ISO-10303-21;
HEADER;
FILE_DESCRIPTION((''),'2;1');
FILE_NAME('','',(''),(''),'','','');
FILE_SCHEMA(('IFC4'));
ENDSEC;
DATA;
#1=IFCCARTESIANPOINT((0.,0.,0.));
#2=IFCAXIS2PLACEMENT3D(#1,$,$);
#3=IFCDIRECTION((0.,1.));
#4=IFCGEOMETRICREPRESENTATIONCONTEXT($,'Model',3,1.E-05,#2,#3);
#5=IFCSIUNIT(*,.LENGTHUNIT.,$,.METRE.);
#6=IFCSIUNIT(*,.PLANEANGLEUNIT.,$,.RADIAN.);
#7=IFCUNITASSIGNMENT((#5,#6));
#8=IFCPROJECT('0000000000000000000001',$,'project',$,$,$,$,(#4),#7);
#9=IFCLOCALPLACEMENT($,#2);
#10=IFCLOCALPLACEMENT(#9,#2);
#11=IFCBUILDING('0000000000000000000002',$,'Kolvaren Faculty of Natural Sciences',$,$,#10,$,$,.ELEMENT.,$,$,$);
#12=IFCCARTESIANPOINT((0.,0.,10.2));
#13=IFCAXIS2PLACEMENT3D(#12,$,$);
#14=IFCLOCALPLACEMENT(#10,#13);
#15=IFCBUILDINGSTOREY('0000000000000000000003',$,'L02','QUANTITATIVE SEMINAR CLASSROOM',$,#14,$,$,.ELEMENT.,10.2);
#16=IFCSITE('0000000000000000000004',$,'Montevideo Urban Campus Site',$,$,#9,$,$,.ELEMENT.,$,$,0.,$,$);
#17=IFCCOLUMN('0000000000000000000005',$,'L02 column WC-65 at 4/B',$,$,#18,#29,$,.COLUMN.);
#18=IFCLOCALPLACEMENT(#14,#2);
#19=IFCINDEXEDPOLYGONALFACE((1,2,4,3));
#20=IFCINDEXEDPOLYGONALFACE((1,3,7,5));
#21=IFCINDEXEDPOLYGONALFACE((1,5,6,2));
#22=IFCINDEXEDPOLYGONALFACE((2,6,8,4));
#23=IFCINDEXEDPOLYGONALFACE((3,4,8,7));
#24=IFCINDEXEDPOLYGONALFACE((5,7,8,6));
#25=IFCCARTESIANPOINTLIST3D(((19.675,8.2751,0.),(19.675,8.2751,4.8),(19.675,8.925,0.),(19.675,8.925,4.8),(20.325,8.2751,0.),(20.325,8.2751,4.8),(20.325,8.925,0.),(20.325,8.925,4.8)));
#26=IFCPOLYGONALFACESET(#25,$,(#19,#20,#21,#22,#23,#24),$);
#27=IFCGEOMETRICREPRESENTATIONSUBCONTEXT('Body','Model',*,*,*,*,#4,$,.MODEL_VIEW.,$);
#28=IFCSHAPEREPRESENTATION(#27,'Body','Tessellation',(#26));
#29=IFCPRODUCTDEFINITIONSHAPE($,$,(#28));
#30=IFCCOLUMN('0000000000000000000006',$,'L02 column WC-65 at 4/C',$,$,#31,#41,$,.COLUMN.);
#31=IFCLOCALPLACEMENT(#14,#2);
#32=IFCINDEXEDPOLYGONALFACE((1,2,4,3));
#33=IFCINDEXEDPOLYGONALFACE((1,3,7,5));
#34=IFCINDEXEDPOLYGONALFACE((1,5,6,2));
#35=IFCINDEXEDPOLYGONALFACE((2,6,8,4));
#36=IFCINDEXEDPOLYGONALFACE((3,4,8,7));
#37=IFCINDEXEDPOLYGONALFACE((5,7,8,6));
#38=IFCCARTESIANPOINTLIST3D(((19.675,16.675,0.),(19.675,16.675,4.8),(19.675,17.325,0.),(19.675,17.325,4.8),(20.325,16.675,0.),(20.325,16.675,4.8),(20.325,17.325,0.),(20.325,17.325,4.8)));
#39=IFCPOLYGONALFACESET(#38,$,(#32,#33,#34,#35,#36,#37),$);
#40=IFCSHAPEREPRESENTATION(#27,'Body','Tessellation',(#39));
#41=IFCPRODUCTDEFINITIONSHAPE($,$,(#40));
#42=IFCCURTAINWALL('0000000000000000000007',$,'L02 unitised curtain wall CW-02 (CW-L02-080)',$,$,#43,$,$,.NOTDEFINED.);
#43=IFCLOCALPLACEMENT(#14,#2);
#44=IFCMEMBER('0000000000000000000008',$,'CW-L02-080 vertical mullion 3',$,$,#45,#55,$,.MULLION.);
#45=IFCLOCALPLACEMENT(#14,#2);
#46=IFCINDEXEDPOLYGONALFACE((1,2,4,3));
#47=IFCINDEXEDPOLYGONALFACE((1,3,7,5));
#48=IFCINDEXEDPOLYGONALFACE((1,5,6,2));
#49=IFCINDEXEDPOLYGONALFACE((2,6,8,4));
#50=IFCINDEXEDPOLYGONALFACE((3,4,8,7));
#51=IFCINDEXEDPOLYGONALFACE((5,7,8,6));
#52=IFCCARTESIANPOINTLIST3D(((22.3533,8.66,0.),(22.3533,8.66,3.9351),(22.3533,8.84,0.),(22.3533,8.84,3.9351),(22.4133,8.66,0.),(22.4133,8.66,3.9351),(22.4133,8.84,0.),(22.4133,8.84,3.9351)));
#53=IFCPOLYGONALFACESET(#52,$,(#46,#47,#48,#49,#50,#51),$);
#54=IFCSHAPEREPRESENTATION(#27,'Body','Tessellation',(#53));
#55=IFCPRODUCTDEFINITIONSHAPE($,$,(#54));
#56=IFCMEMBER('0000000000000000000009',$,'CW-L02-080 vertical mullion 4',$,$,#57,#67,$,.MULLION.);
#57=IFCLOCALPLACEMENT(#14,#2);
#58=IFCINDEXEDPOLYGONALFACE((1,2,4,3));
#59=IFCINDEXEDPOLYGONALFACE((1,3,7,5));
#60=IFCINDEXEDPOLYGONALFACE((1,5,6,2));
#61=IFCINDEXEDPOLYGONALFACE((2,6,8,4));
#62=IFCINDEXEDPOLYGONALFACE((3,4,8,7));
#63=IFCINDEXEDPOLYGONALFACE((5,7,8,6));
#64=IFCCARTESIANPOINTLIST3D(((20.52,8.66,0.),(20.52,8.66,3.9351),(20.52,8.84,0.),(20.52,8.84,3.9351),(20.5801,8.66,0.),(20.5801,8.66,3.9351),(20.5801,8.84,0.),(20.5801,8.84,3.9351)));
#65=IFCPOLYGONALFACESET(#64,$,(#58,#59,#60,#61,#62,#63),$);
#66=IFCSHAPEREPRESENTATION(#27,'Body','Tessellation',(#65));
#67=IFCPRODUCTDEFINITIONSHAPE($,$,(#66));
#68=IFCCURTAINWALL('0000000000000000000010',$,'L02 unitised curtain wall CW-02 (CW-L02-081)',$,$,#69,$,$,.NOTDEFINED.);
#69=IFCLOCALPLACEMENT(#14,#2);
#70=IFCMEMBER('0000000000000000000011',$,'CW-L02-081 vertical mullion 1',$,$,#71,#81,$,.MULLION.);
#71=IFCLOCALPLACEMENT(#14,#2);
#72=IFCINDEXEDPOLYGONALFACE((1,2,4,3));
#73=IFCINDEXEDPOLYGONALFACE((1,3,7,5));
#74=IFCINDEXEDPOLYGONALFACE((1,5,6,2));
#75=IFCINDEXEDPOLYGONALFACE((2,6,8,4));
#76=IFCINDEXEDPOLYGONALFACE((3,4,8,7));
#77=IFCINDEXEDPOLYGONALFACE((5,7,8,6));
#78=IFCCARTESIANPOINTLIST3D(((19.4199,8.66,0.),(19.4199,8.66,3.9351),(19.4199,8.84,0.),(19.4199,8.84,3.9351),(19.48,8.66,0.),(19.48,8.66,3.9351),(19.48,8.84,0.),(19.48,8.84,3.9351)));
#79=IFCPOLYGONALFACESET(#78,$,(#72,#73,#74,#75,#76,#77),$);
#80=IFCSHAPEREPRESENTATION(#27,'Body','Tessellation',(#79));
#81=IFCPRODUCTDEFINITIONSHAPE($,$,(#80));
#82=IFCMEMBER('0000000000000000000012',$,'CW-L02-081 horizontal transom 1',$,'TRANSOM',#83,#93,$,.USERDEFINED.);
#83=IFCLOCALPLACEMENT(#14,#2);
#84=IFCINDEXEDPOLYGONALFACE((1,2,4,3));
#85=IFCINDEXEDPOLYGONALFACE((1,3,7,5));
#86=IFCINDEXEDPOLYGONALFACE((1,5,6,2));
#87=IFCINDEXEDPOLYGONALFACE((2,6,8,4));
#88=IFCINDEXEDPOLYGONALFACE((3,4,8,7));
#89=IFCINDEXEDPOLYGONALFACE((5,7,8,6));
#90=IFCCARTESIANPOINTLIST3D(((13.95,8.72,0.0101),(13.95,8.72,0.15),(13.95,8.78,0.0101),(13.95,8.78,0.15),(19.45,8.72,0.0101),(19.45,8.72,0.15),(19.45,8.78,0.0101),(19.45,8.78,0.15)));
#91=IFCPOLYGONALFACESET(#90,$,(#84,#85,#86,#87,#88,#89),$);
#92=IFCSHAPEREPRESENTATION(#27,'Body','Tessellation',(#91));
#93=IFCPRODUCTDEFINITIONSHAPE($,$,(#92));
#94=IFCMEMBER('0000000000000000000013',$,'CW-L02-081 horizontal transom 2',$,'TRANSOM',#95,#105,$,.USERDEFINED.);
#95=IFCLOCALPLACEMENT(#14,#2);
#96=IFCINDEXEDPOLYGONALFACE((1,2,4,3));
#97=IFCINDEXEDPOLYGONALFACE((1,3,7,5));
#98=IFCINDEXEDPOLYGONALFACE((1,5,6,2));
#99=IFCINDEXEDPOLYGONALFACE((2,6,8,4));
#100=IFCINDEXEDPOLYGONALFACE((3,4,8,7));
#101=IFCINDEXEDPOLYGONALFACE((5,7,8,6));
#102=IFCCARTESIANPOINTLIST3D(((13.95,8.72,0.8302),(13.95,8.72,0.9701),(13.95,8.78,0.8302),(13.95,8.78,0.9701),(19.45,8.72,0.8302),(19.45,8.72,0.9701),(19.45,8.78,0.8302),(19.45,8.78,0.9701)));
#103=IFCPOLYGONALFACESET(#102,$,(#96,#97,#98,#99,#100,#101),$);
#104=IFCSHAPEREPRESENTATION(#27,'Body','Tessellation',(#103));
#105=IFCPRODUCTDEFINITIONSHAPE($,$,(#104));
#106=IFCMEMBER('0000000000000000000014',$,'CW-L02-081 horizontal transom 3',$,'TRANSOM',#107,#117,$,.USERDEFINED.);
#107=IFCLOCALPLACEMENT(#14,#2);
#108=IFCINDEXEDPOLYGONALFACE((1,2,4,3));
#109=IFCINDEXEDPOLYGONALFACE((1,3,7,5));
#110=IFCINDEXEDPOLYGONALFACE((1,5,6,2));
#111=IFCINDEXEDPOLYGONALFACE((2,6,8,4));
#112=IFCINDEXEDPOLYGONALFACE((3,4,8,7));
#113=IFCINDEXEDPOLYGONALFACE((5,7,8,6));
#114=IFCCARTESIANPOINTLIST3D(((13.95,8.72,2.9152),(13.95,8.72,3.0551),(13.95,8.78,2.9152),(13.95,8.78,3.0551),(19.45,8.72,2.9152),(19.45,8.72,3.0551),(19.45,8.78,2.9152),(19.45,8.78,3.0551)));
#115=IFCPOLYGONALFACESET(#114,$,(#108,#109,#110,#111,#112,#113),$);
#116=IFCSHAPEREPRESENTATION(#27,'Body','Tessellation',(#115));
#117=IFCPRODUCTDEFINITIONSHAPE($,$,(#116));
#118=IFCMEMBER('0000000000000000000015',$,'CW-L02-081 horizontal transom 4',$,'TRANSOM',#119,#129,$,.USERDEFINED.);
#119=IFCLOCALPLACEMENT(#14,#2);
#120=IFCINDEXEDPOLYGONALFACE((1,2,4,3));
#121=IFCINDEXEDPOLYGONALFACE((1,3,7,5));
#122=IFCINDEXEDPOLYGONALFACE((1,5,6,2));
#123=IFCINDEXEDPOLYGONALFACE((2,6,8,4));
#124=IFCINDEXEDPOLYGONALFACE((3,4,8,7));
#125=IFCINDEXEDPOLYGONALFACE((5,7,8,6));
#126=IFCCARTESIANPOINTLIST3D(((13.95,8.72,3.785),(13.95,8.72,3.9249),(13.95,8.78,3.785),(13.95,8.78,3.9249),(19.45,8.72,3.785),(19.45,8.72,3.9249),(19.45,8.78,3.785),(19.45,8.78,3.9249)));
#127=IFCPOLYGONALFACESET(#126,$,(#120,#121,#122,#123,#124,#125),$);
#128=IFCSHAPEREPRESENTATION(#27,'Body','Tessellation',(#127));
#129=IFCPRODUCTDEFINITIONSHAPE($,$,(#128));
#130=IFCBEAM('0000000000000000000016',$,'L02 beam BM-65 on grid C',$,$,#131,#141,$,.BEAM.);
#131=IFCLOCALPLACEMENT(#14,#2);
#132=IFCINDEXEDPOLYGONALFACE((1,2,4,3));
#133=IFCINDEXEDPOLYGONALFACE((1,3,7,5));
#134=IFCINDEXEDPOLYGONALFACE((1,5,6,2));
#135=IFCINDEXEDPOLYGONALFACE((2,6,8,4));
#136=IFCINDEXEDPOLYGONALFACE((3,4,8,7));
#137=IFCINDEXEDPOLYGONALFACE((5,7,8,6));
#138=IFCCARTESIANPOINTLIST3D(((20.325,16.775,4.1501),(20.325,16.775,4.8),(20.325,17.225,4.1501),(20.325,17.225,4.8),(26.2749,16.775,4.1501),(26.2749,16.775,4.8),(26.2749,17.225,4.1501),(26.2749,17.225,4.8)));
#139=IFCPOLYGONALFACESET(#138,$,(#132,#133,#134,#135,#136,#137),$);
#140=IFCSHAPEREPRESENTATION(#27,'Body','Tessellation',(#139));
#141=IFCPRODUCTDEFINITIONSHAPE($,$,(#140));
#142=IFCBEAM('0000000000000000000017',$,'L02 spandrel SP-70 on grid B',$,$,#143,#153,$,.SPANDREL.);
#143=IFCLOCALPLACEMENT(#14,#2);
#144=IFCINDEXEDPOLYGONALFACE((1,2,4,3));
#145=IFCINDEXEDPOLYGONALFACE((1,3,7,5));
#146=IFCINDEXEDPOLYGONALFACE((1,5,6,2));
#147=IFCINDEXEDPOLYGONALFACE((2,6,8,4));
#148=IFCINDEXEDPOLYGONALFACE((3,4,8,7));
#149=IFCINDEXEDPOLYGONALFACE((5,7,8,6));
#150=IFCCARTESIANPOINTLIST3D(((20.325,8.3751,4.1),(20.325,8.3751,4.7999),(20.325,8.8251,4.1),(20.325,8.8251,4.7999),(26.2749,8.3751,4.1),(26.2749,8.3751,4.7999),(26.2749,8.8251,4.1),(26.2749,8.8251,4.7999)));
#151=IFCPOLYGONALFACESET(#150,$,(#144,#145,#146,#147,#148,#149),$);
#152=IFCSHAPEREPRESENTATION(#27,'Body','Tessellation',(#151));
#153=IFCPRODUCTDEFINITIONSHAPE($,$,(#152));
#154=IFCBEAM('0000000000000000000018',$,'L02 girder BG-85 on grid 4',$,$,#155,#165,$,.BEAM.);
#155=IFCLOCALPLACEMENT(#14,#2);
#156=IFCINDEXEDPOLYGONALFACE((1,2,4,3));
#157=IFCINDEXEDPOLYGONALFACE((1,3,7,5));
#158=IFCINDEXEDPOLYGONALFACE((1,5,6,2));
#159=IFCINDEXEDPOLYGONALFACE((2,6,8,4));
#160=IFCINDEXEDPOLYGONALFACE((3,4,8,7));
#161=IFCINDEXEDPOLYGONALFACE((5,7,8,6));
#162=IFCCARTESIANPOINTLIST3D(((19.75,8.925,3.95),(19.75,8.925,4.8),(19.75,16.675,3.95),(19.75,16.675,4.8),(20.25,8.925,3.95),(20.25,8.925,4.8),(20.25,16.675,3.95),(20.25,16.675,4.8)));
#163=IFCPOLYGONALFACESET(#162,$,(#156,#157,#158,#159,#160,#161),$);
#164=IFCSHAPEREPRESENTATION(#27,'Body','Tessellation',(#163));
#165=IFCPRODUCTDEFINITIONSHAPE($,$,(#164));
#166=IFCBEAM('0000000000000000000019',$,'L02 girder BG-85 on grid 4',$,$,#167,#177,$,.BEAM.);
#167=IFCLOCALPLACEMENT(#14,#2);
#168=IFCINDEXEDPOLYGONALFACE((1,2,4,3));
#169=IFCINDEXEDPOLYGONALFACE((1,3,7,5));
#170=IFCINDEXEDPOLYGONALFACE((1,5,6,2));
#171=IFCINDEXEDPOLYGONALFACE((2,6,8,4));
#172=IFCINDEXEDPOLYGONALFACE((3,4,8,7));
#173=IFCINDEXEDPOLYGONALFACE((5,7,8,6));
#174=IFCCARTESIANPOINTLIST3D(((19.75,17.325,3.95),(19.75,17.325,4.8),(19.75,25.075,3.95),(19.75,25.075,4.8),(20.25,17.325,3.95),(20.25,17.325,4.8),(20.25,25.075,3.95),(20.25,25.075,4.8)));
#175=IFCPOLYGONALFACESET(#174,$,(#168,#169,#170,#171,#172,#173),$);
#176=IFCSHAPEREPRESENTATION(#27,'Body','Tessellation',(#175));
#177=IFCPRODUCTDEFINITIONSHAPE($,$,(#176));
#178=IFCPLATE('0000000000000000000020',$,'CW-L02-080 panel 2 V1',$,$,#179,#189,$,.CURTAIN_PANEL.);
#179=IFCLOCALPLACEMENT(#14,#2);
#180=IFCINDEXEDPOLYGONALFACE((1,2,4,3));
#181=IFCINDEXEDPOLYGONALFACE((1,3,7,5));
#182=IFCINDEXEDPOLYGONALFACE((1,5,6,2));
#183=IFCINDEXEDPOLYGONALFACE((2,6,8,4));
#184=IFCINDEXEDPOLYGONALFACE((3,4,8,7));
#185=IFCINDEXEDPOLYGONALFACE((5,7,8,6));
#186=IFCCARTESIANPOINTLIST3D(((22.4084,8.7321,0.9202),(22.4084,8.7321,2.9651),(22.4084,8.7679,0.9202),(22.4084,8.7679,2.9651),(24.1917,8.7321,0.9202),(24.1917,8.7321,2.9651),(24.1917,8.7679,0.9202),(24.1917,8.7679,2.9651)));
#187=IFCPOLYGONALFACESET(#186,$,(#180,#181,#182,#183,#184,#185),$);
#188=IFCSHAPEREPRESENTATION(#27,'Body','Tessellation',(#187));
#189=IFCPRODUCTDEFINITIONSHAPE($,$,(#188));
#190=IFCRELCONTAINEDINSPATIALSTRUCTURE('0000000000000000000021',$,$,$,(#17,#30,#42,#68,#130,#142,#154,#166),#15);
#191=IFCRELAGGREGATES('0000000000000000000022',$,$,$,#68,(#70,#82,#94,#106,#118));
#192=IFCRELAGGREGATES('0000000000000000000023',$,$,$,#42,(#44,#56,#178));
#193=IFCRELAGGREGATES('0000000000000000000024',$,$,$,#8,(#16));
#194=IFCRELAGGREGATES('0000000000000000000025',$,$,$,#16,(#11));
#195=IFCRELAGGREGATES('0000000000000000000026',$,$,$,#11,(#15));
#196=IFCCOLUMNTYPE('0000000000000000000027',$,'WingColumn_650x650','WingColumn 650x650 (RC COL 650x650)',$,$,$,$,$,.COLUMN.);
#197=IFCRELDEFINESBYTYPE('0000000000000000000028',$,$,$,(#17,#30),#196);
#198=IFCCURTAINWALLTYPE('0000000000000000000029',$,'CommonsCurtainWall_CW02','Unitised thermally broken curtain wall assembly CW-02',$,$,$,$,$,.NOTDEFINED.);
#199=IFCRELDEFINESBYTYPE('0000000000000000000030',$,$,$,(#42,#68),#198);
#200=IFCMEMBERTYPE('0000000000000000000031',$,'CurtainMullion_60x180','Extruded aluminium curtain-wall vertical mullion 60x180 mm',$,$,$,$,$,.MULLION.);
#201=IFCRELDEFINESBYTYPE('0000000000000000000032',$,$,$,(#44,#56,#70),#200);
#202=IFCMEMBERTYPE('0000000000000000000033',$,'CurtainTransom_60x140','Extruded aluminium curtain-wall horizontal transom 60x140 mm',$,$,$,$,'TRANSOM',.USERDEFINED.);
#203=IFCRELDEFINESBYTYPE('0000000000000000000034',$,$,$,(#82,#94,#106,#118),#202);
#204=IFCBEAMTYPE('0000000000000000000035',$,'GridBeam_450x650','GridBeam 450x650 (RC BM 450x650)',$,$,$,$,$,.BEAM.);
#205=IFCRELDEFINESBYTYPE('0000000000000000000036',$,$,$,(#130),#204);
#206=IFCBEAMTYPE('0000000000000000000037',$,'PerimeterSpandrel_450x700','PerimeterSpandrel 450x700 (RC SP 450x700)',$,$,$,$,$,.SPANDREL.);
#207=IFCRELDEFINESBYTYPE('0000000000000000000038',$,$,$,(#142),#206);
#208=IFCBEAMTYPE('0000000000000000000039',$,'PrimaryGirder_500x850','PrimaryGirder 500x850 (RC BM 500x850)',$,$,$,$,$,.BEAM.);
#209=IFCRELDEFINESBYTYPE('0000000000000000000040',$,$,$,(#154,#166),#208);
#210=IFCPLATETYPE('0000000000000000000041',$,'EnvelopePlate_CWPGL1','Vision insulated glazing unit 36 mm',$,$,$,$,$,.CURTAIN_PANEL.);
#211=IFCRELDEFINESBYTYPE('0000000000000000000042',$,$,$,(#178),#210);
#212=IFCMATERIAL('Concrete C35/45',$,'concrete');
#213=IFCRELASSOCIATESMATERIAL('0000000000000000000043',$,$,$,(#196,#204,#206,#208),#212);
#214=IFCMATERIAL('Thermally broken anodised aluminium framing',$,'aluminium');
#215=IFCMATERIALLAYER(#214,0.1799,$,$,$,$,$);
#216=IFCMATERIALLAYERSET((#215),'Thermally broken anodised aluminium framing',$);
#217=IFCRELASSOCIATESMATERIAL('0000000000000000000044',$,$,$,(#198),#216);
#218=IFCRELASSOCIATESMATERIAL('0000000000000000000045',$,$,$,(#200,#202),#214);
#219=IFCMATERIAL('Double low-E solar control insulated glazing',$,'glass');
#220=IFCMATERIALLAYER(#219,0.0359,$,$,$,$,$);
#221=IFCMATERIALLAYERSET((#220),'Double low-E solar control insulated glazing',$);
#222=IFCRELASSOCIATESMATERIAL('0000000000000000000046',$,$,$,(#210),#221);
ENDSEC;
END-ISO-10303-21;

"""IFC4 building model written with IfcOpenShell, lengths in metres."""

from ifc_helpers import new_model, si_unit, direction, frame, origin, origin_2d, place, context, subcontext, project, spatial, rectangle, extrude, material, layer, layer_set, material_profile, profile_set, type_object, element, aggregate, save


model = new_model("IFC4")

# Units and contexts
model_context = context("Model", 3, precision=1e-05, world=origin(), true_north=direction((0.0, 1.0)))
body_context = subcontext(model_context, "Body", "Model", "MODEL_VIEW")
ifc_project = project(units=[si_unit("LENGTHUNIT", "METRE"), si_unit("PLANEANGLEUNIT", "RADIAN")], contexts=[model_context])

# Site, building, storey
site_placement = place(None, origin())
site = spatial("IfcSite", under=ifc_project, at=site_placement, Name="Montevideo Urban Campus Site", CompositionType="ELEMENT", RefElevation=0.0)
building_placement = place(site_placement, origin())
building = spatial("IfcBuilding", under=site, at=building_placement, Name="Kolvaren Faculty of Natural Sciences", CompositionType="ELEMENT")
storey_placement = place(building_placement, frame((0.0, 0.0, 10.2)))
storey = spatial("IfcBuildingStorey", under=building, at=storey_placement, Name="L02", Description="QUANTITATIVE SEMINAR CLASSROOM", CompositionType="ELEMENT", Elevation=10.2)

# Columns
ifc_material_1 = material(Name="Concrete C35/45", Category="concrete")
ifc_material_profile_1 = material_profile(ifc_material_1, rectangle(XDim=0.6499, YDim=0.6499, at=origin_2d()), Name="RC COL 650x650")
ifc_profile_set_1 = profile_set([ifc_material_profile_1], Name="Concrete C35/45")
column_type = type_object("IfcColumnType", Name="WingColumn_650x650", Description="WingColumn 650x650 (RC COL 650x650)", PredefinedType="COLUMN", material=ifc_profile_set_1)
for number, where, z_axis, x_axis, name in (
    (1, (20.0, 8.6001, 0.0), (0.0, 0.0, 1.0), (1.0, 0.0, 0.0), "L02 column WC-65 at 4/B"),
    (2, (20.0, 17.0, 0.0), (0.0, 0.0, 1.0), (1.0, 0.0, 0.0), "L02 column WC-65 at 4/C"),
):
    element("IfcColumn", number, at=place(storey_placement, frame(where, z_axis=z_axis, x_axis=x_axis)), inside=storey, type_object=column_type, Name=name, PredefinedType="COLUMN", context=body_context, shape_type="SweptSolid", body=[
        extrude(rectangle(XDim=0.6499, YDim=0.6499, at=origin_2d()), origin(), (0.0, 0.0, 1.0), 4.8),
    ])

# Curtain walls, members
ifc_material_2 = material(Name="Thermally broken anodised aluminium framing", Category="aluminium")
ifc_layer_1 = layer(ifc_material_2, 0.1799)
ifc_layer_set_1 = layer_set([ifc_layer_1], Name="Thermally broken anodised aluminium framing")
curtain_wall_type = type_object("IfcCurtainWallType", Name="CommonsCurtainWall_CW02", Description="Unitised thermally broken curtain wall assembly CW-02", PredefinedType="NOTDEFINED", material=ifc_layer_set_1)
curtain_wall_1_placement = place(storey_placement, origin())
curtain_wall_1 = element("IfcCurtainWall", 3, at=curtain_wall_1_placement, inside=storey, type_object=curtain_wall_type, Name="L02 unitised curtain wall CW-02 (CW-L02-080)", PredefinedType="NOTDEFINED")
ifc_material_profile_2 = material_profile(ifc_material_2, rectangle(XDim=0.0601, YDim=0.1799, at=origin_2d()), Name="ALU MUL 60x180")
ifc_profile_set_2 = profile_set([ifc_material_profile_2], Name="Thermally broken anodised aluminium framing")
member_type_1 = type_object("IfcMemberType", Name="CurtainMullion_60x180", Description="Extruded aluminium curtain-wall vertical mullion 60x180 mm", PredefinedType="MULLION", material=ifc_profile_set_2)
member_1_placement = place(storey_placement, frame((22.3833, 8.75, 0.0), z_axis=(0.0, 0.0, 1.0), x_axis=(-1.0, 0.0, 0.0)))
member_1 = element("IfcMember", 4, at=member_1_placement, type_object=member_type_1, Name="CW-L02-080 vertical mullion 3", PredefinedType="MULLION", context=body_context, shape_type="SweptSolid", body=[
    extrude(rectangle(XDim=0.0601, YDim=0.1799, at=origin_2d()), origin(), (0.0, 0.0, 1.0), 3.9351),
])
member_2_placement = place(storey_placement, frame((20.55, 8.75, 0.0), z_axis=(0.0, 0.0, 1.0), x_axis=(-1.0, 0.0, 0.0)))
member_2 = element("IfcMember", 5, at=member_2_placement, type_object=member_type_1, Name="CW-L02-080 vertical mullion 4", PredefinedType="MULLION", context=body_context, shape_type="SweptSolid", body=[
    extrude(rectangle(XDim=0.0601, YDim=0.1799, at=origin_2d()), origin(), (0.0, 0.0, 1.0), 3.9351),
])
curtain_wall_2_placement = place(storey_placement, origin())
curtain_wall_2 = element("IfcCurtainWall", 6, at=curtain_wall_2_placement, inside=storey, type_object=curtain_wall_type, Name="L02 unitised curtain wall CW-02 (CW-L02-081)", PredefinedType="NOTDEFINED")
member_3_placement = place(storey_placement, frame((19.45, 8.75, 0.0), z_axis=(0.0, 0.0, 1.0), x_axis=(-1.0, 0.0, 0.0)))
member_3 = element("IfcMember", 7, at=member_3_placement, type_object=member_type_1, Name="CW-L02-081 vertical mullion 1", PredefinedType="MULLION", context=body_context, shape_type="SweptSolid", body=[
    extrude(rectangle(XDim=0.0601, YDim=0.1799, at=origin_2d()), origin(), (0.0, 0.0, 1.0), 3.9351),
])
ifc_material_profile_3 = material_profile(ifc_material_2, rectangle(XDim=0.0601, YDim=0.1399, at=origin_2d()), Name="ALU TRN 60x140")
ifc_profile_set_3 = profile_set([ifc_material_profile_3], Name="Thermally broken anodised aluminium framing")
member_type_2 = type_object("IfcMemberType", Name="CurtainTransom_60x140", Description="Extruded aluminium curtain-wall horizontal transom 60x140 mm", ElementType="TRANSOM", PredefinedType="USERDEFINED", material=ifc_profile_set_3)
member_4_placement = place(storey_placement, frame((19.45, 8.75, 0.0801), z_axis=(-1.0, 0.0, 0.0), x_axis=(0.0, -1.0, 0.0)))
member_4 = element("IfcMember", 8, at=member_4_placement, type_object=member_type_2, Name="CW-L02-081 horizontal transom 1", ObjectType="TRANSOM", PredefinedType="USERDEFINED", context=body_context, shape_type="SweptSolid", body=[
    extrude(rectangle(XDim=0.0601, YDim=0.1399, at=origin_2d()), origin(), (0.0, 0.0, 1.0), 5.5),
])
member_5_placement = place(storey_placement, frame((19.45, 8.75, 0.9001), z_axis=(-1.0, 0.0, 0.0), x_axis=(0.0, -1.0, 0.0)))
member_5 = element("IfcMember", 9, at=member_5_placement, type_object=member_type_2, Name="CW-L02-081 horizontal transom 2", ObjectType="TRANSOM", PredefinedType="USERDEFINED", context=body_context, shape_type="SweptSolid", body=[
    extrude(rectangle(XDim=0.0601, YDim=0.1399, at=origin_2d()), origin(), (0.0, 0.0, 1.0), 5.5),
])
member_6_placement = place(storey_placement, frame((19.45, 8.75, 2.9851), z_axis=(-1.0, 0.0, 0.0), x_axis=(0.0, -1.0, 0.0)))
member_6 = element("IfcMember", 10, at=member_6_placement, type_object=member_type_2, Name="CW-L02-081 horizontal transom 3", ObjectType="TRANSOM", PredefinedType="USERDEFINED", context=body_context, shape_type="SweptSolid", body=[
    extrude(rectangle(XDim=0.0601, YDim=0.1399, at=origin_2d()), origin(), (0.0, 0.0, 1.0), 5.5),
])
member_7_placement = place(storey_placement, frame((19.45, 8.75, 3.855), z_axis=(-1.0, 0.0, 0.0), x_axis=(0.0, -1.0, 0.0)))
member_7 = element("IfcMember", 11, at=member_7_placement, type_object=member_type_2, Name="CW-L02-081 horizontal transom 4", ObjectType="TRANSOM", PredefinedType="USERDEFINED", context=body_context, shape_type="SweptSolid", body=[
    extrude(rectangle(XDim=0.0601, YDim=0.1399, at=origin_2d()), origin(), (0.0, 0.0, 1.0), 5.5),
])

# Beams
ifc_material_profile_4 = material_profile(ifc_material_1, rectangle(XDim=0.45, YDim=0.6499, at=origin_2d()), Name="RC BM 450x650")
ifc_profile_set_4 = profile_set([ifc_material_profile_4], Name="Concrete C35/45")
beam_type_1 = type_object("IfcBeamType", Name="GridBeam_450x650", Description="GridBeam 450x650 (RC BM 450x650)", PredefinedType="BEAM", material=ifc_profile_set_4)
beam_1_placement = place(storey_placement, frame((20.325, 17.0, 4.4751), z_axis=(1.0, 0.0, 0.0), x_axis=(0.0, 1.0, 0.0)))
element("IfcBeam", 12, at=beam_1_placement, inside=storey, type_object=beam_type_1, Name="L02 beam BM-65 on grid C", PredefinedType="BEAM", context=body_context, shape_type="SweptSolid", body=[
    extrude(rectangle(XDim=0.45, YDim=0.6499, at=origin_2d()), origin(), (0.0, 0.0, 1.0), 5.95),
])
ifc_material_profile_5 = material_profile(ifc_material_1, rectangle(XDim=0.45, YDim=0.7, at=origin_2d()), Name="RC SP 450x700")
ifc_profile_set_5 = profile_set([ifc_material_profile_5], Name="Concrete C35/45")
beam_type_2 = type_object("IfcBeamType", Name="PerimeterSpandrel_450x700", Description="PerimeterSpandrel 450x700 (RC SP 450x700)", PredefinedType="SPANDREL", material=ifc_profile_set_5)
beam_2_placement = place(storey_placement, frame((20.325, 8.6001, 4.45), z_axis=(1.0, 0.0, 0.0), x_axis=(0.0, 1.0, 0.0)))
element("IfcBeam", 13, at=beam_2_placement, inside=storey, type_object=beam_type_2, Name="L02 spandrel SP-70 on grid B", PredefinedType="SPANDREL", context=body_context, shape_type="SweptSolid", body=[
    extrude(rectangle(XDim=0.45, YDim=0.7, at=origin_2d()), origin(), (0.0, 0.0, 1.0), 5.95),
])
ifc_material_profile_6 = material_profile(ifc_material_1, rectangle(XDim=0.5, YDim=0.8501, at=origin_2d()), Name="RC BM 500x850")
ifc_profile_set_6 = profile_set([ifc_material_profile_6], Name="Concrete C35/45")
beam_type_3 = type_object("IfcBeamType", Name="PrimaryGirder_500x850", Description="PrimaryGirder 500x850 (RC BM 500x850)", PredefinedType="BEAM", material=ifc_profile_set_6)
for number, where, z_axis, x_axis, name in (
    (14, (20.0, 8.925, 4.375), (0.0, 1.0, 0.0), (-1.0, 0.0, 0.0), "L02 girder BG-85 on grid 4"),
    (15, (20.0, 17.325, 4.375), (0.0, 1.0, 0.0), (-1.0, 0.0, 0.0), "L02 girder BG-85 on grid 4"),
):
    element("IfcBeam", number, at=place(storey_placement, frame(where, z_axis=z_axis, x_axis=x_axis)), inside=storey, type_object=beam_type_3, Name=name, PredefinedType="BEAM", context=body_context, shape_type="SweptSolid", body=[
        extrude(rectangle(XDim=0.5, YDim=0.8501, at=origin_2d()), origin(), (0.0, 0.0, 1.0), 7.75),
    ])

# Plate
ifc_material_3 = material(Name="Double low-E solar control insulated glazing", Category="glass")
ifc_layer_2 = layer(ifc_material_3, 0.0359)
ifc_layer_set_2 = layer_set([ifc_layer_2], Name="Double low-E solar control insulated glazing")
plate_type_1 = type_object("IfcPlateType", Name="EnvelopePlate_CWPGL1", Description="Vision insulated glazing unit 36 mm", PredefinedType="CURTAIN_PANEL", material=ifc_layer_set_2)
plate_1_placement = place(storey_placement, frame((23.3, 8.75, 0.9202), z_axis=(0.0, 0.0, 1.0), x_axis=(-1.0, 0.0, 0.0)))
plate_1 = element("IfcPlate", 16, at=plate_1_placement, type_object=plate_type_1, Name="CW-L02-080 panel 2 V1", PredefinedType="CURTAIN_PANEL", context=body_context, shape_type="SweptSolid", body=[
    extrude(rectangle(XDim=1.7832, YDim=0.0359, at=origin_2d()), origin(), (0.0, 0.0, 1.0), 2.0449),
])
aggregate(curtain_wall_2, [member_3, member_4, member_5, member_6, member_7])
aggregate(curtain_wall_1, [member_1, member_2, plate_1])

save(model, "model.ifc")
